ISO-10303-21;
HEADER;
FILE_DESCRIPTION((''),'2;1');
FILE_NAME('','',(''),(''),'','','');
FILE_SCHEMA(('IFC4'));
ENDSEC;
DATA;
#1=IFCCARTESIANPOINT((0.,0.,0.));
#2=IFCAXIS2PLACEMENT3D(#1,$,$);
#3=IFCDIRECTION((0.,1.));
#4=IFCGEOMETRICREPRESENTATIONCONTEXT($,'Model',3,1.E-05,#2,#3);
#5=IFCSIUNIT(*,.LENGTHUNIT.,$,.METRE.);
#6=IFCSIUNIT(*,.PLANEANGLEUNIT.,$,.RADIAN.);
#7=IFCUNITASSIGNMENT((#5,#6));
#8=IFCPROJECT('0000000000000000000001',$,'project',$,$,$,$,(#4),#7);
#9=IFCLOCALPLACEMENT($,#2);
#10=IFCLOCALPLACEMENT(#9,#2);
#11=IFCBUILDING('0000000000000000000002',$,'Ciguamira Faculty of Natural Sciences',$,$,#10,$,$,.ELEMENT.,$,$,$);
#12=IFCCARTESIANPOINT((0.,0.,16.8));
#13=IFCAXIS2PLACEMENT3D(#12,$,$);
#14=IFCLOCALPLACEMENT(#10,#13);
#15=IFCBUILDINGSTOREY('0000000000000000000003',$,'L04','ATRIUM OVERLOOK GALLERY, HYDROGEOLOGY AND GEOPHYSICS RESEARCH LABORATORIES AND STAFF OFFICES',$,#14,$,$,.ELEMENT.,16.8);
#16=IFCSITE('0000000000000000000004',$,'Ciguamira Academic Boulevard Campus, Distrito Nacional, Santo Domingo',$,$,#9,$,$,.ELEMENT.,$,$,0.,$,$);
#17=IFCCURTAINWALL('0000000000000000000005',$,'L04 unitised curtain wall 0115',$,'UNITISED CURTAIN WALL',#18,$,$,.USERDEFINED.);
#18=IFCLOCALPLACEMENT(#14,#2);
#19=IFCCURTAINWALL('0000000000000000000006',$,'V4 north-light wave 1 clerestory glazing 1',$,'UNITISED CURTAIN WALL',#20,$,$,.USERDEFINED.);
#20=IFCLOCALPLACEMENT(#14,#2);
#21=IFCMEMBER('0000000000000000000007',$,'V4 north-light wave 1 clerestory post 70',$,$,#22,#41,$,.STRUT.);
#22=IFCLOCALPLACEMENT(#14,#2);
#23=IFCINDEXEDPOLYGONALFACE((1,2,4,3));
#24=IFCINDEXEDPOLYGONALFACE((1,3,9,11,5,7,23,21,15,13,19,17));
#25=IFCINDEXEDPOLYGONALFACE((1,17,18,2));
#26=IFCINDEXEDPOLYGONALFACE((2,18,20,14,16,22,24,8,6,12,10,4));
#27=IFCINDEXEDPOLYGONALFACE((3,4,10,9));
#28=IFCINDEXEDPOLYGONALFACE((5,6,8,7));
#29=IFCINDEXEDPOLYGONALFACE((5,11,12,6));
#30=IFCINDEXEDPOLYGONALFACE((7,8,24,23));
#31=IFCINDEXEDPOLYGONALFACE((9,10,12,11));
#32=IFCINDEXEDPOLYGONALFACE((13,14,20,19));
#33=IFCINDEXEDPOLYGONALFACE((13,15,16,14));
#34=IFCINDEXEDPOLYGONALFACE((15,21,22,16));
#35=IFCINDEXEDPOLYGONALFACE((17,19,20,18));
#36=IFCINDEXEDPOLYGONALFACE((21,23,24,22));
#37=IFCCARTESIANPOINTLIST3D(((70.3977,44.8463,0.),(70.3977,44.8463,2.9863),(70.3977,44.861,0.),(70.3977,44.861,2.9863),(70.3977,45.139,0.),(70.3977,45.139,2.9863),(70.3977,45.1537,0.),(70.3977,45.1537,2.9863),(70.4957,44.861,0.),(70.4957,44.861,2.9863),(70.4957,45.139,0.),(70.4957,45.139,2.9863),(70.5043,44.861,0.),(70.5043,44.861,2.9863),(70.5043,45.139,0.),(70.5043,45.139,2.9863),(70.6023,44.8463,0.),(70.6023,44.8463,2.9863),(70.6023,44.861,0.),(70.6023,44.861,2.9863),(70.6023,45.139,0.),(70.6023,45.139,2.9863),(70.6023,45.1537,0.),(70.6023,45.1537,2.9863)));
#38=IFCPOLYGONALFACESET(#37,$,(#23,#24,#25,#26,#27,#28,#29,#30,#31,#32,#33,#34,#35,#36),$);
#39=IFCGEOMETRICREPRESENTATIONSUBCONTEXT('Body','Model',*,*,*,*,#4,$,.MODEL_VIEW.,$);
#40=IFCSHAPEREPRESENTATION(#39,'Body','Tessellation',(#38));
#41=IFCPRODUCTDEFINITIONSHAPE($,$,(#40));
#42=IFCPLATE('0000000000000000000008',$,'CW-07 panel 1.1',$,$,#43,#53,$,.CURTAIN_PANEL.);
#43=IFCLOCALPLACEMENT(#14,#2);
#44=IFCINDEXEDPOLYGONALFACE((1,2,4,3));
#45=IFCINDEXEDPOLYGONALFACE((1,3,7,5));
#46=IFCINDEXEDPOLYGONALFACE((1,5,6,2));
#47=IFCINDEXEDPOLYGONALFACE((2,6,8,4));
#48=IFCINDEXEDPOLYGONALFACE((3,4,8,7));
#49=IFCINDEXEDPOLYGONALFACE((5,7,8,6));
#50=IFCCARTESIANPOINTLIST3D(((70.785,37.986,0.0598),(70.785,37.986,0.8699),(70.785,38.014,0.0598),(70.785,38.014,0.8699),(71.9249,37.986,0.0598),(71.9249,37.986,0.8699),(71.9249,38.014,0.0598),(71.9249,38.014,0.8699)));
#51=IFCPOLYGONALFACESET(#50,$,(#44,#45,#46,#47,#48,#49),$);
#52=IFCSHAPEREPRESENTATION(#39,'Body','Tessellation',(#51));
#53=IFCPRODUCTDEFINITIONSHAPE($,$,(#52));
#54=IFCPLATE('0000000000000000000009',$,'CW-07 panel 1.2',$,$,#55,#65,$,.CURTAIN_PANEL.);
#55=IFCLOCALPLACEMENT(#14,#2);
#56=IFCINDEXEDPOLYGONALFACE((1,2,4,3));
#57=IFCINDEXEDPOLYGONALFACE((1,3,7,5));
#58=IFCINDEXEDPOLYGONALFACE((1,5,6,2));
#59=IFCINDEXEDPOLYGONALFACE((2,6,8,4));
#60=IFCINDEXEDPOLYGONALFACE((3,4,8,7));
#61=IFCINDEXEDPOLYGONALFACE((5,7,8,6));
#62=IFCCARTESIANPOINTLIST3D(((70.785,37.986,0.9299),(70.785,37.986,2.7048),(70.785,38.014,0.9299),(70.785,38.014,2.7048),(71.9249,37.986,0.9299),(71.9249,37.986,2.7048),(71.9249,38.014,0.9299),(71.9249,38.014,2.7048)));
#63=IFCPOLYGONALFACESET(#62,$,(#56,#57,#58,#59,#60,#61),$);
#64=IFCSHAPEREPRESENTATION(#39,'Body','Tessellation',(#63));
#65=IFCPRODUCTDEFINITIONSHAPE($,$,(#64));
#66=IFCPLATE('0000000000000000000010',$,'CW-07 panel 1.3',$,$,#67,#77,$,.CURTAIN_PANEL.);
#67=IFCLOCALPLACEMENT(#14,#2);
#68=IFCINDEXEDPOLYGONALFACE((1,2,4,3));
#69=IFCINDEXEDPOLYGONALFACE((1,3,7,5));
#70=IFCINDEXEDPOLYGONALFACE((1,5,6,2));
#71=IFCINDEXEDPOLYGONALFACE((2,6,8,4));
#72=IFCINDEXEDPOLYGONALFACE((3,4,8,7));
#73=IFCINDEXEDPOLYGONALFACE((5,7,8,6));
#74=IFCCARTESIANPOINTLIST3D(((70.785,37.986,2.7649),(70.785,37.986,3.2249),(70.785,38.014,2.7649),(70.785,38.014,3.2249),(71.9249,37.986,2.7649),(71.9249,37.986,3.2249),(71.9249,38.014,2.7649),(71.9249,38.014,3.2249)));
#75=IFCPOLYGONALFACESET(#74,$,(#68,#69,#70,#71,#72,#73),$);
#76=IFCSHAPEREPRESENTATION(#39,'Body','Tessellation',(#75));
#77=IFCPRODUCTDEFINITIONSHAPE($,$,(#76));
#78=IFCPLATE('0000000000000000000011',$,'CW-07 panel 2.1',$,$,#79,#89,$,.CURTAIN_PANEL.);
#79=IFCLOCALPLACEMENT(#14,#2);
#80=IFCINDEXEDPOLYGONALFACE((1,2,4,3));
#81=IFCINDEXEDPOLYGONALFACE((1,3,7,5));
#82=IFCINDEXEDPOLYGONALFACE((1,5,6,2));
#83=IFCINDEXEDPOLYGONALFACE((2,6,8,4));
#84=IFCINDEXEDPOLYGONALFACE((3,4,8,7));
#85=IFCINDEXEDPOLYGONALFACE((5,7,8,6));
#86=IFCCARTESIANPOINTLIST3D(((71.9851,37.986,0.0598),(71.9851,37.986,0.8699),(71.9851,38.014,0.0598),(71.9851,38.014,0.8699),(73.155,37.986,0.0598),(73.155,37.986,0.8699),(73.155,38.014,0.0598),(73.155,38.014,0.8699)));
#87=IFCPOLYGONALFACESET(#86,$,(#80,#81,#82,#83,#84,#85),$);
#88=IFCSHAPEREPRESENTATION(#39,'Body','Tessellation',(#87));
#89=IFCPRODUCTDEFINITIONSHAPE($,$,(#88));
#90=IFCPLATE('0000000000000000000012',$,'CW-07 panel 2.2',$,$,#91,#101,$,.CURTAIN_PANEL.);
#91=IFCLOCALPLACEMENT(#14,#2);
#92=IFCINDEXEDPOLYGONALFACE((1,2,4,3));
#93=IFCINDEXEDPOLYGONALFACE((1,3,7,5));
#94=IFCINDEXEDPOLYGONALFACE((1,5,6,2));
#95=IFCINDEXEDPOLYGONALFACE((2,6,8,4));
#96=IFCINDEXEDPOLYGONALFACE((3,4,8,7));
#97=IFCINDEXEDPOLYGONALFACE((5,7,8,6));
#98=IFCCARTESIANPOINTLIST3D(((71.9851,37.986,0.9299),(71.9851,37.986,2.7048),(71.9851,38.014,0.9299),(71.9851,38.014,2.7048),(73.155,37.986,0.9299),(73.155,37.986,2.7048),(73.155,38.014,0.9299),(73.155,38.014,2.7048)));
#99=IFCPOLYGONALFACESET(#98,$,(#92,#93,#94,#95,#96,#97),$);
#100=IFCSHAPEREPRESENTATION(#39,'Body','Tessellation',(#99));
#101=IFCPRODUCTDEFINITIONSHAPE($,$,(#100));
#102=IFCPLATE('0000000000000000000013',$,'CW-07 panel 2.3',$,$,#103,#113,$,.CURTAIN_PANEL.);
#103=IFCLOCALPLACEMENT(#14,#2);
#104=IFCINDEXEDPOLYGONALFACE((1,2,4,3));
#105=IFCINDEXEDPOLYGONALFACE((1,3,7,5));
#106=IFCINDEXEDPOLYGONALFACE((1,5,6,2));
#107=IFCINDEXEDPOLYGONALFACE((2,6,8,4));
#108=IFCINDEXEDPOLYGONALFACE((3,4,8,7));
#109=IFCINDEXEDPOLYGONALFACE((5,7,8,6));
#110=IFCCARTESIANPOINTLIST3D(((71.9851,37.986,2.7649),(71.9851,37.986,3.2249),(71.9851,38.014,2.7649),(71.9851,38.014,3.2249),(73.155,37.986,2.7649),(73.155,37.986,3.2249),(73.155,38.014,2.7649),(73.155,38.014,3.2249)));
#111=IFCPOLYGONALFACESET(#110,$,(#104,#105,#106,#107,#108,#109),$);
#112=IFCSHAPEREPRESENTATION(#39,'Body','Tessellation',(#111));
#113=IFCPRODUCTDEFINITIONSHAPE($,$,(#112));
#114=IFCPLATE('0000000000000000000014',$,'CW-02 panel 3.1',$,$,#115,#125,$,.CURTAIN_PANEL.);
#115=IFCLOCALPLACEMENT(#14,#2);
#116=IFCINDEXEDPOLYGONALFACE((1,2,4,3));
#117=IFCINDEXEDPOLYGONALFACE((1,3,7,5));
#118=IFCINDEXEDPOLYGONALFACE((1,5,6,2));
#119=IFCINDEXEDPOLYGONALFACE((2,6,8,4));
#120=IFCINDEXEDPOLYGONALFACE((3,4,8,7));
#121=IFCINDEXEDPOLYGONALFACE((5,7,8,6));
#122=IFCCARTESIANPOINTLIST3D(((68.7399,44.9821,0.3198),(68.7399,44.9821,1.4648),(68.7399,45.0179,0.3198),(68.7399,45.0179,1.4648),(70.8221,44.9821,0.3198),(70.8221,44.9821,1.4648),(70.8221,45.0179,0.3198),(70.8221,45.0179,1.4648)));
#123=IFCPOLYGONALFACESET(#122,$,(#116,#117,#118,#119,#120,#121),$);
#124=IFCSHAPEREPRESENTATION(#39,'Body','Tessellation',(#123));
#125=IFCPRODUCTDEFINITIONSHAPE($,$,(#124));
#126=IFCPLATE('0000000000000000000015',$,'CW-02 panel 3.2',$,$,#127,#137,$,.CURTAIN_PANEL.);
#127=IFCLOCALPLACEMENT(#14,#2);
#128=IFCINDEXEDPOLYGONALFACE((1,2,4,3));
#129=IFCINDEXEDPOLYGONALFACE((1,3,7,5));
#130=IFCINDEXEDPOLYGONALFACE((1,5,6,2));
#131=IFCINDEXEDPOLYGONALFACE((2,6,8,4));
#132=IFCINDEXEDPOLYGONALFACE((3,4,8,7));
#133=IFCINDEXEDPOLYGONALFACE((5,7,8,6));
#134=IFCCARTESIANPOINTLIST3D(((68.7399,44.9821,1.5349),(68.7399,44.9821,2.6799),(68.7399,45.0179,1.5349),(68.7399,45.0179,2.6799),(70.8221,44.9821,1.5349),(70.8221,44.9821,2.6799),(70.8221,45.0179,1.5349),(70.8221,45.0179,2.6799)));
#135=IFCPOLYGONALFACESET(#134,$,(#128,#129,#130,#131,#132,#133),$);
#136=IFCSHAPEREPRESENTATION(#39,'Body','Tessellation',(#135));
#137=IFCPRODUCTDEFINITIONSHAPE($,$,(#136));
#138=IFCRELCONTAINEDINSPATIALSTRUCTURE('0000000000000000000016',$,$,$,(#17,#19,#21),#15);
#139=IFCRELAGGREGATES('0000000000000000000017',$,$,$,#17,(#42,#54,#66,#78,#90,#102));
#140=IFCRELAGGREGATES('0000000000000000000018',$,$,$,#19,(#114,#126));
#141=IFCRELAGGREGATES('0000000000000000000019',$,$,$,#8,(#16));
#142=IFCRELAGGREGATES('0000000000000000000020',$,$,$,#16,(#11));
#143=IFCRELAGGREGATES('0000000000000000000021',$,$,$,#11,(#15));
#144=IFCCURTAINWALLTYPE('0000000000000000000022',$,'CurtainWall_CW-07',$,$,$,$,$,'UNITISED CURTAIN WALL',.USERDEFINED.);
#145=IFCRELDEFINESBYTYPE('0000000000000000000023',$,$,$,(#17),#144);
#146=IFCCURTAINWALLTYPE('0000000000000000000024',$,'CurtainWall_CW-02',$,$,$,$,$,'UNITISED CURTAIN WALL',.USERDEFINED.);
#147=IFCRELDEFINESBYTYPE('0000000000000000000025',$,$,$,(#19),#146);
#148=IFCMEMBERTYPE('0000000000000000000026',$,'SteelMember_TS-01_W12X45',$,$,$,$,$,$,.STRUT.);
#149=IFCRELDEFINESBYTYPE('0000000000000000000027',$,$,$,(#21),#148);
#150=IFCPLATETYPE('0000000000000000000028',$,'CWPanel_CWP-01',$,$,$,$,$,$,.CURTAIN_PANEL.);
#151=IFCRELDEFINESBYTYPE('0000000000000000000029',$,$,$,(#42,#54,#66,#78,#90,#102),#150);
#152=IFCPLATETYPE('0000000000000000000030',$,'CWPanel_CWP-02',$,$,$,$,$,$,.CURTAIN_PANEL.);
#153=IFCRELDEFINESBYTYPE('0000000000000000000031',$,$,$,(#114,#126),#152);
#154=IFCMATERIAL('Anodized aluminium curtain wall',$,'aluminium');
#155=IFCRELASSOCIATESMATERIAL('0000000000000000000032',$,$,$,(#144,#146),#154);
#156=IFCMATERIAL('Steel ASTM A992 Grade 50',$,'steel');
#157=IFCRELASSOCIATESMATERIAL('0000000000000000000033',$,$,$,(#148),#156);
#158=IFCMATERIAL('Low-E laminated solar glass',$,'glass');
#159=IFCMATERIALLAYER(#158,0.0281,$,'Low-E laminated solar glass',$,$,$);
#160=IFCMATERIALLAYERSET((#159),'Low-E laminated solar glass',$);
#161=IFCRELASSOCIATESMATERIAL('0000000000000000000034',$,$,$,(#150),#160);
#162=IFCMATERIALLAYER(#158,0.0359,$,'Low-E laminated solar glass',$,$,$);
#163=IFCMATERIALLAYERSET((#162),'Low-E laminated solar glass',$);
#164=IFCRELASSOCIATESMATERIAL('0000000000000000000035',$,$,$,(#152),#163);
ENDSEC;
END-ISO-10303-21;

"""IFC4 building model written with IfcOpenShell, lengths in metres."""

from ifc_helpers import new_model, si_unit, direction, frame, origin, origin_2d, place, context, subcontext, project, spatial, rectangle, i_section, extrude, material, layer, layer_set, material_profile, profile_set, type_object, element, aggregate, save


model = new_model("IFC4")

# Units and contexts
model_context = context("Model", 3, precision=1e-05, world=origin(), true_north=direction((0.0, 1.0)))
body_context = subcontext(model_context, "Body", "Model", "MODEL_VIEW")
ifc_project = project(units=[si_unit("LENGTHUNIT", "METRE"), si_unit("PLANEANGLEUNIT", "RADIAN")], contexts=[model_context])

# Site, building, storey
site_placement = place(None, origin())
site = spatial("IfcSite", under=ifc_project, at=site_placement, Name="Ciguamira Academic Boulevard Campus, Distrito Nacional, Santo Domingo", CompositionType="ELEMENT", RefElevation=0.0)
building_placement = place(site_placement, origin())
building = spatial("IfcBuilding", under=site, at=building_placement, Name="Ciguamira Faculty of Natural Sciences", CompositionType="ELEMENT")
storey_placement = place(building_placement, frame((0.0, 0.0, 16.8)))
storey = spatial("IfcBuildingStorey", under=building, at=storey_placement, Name="L04", Description="ATRIUM OVERLOOK GALLERY, HYDROGEOLOGY AND GEOPHYSICS RESEARCH LABORATORIES AND STAFF OFFICES", CompositionType="ELEMENT", Elevation=16.8)

# Curtain wall
ifc_material_1 = material(Name="Anodized aluminium curtain wall", Category="aluminium")
curtain_wall_type_1 = type_object("IfcCurtainWallType", Name="CurtainWall_CW-07", ElementType="UNITISED CURTAIN WALL", PredefinedType="USERDEFINED", material=ifc_material_1)
curtain_wall_1_placement = place(storey_placement, origin())
curtain_wall_1 = element("IfcCurtainWall", 1, at=curtain_wall_1_placement, inside=storey, type_object=curtain_wall_type_1, Name="L04 unitised curtain wall 0115", ObjectType="UNITISED CURTAIN WALL", PredefinedType="USERDEFINED")

# Curtain wall
curtain_wall_type_2 = type_object("IfcCurtainWallType", Name="CurtainWall_CW-02", ElementType="UNITISED CURTAIN WALL", PredefinedType="USERDEFINED", material=ifc_material_1)
curtain_wall_2_placement = place(storey_placement, origin())
curtain_wall_2 = element("IfcCurtainWall", 2, at=curtain_wall_2_placement, inside=storey, type_object=curtain_wall_type_2, Name="V4 north-light wave 1 clerestory glazing 1", ObjectType="UNITISED CURTAIN WALL", PredefinedType="USERDEFINED")

# Member
ifc_material_2 = material(Name="Steel ASTM A992 Grade 50", Category="steel")
ifc_material_profile_1 = material_profile(ifc_material_2, i_section(OverallWidth=0.2046, OverallDepth=0.3074, WebThickness=0.0085, FlangeThickness=0.0146, at=origin_2d()), Name="W12X45")
ifc_profile_set_1 = profile_set([ifc_material_profile_1], Name="Steel ASTM A992 Grade 50")
member_type_1 = type_object("IfcMemberType", Name="SteelMember_TS-01_W12X45", PredefinedType="STRUT", material=ifc_profile_set_1)
member_1_placement = place(storey_placement, frame((70.5, 45.0, 0.0), z_axis=(0.0, 0.0, 1.0), x_axis=(1.0, 0.0, 0.0)))
element("IfcMember", 3, at=member_1_placement, inside=storey, type_object=member_type_1, Name="V4 north-light wave 1 clerestory post 70", PredefinedType="STRUT", context=body_context, shape_type="SweptSolid", body=[
    extrude(i_section(OverallWidth=0.2046, OverallDepth=0.3074, WebThickness=0.0085, FlangeThickness=0.0146, at=origin_2d()), origin(), (0.0, 0.0, 1.0), 2.9863),
])

# Plates
ifc_material_3 = material(Name="Low-E laminated solar glass", Category="glass")
ifc_layer_1 = layer(ifc_material_3, 0.0281, Name="Low-E laminated solar glass")
ifc_layer_set_1 = layer_set([ifc_layer_1], Name="Low-E laminated solar glass")
plate_type_1 = type_object("IfcPlateType", Name="CWPanel_CWP-01", PredefinedType="CURTAIN_PANEL", material=ifc_layer_set_1)
plate_1_placement = place(storey_placement, frame((71.355, 38.0, 0.0598), z_axis=(0.0, 0.0, 1.0), x_axis=(1.0, 0.0, 0.0)))
plate_1 = element("IfcPlate", 4, at=plate_1_placement, type_object=plate_type_1, Name="CW-07 panel 1.1", PredefinedType="CURTAIN_PANEL", context=body_context, shape_type="SweptSolid", body=[
    extrude(rectangle(XDim=1.1399, YDim=0.0281, at=origin_2d()), origin(), (0.0, 0.0, 1.0), 0.8101),
])
plate_2_placement = place(storey_placement, frame((71.355, 38.0, 0.9299), z_axis=(0.0, 0.0, 1.0), x_axis=(1.0, 0.0, 0.0)))
plate_2 = element("IfcPlate", 5, at=plate_2_placement, type_object=plate_type_1, Name="CW-07 panel 1.2", PredefinedType="CURTAIN_PANEL", context=body_context, shape_type="SweptSolid", body=[
    extrude(rectangle(XDim=1.1399, YDim=0.0281, at=origin_2d()), origin(), (0.0, 0.0, 1.0), 1.7749),
])
plate_3_placement = place(storey_placement, frame((71.355, 38.0, 2.7649), z_axis=(0.0, 0.0, 1.0), x_axis=(1.0, 0.0, 0.0)))
plate_3 = element("IfcPlate", 6, at=plate_3_placement, type_object=plate_type_1, Name="CW-07 panel 1.3", PredefinedType="CURTAIN_PANEL", context=body_context, shape_type="SweptSolid", body=[
    extrude(rectangle(XDim=1.1399, YDim=0.0281, at=origin_2d()), origin(), (0.0, 0.0, 1.0), 0.46),
])
plate_4_placement = place(storey_placement, frame((72.5701, 38.0, 0.0598), z_axis=(0.0, 0.0, 1.0), x_axis=(1.0, 0.0, 0.0)))
plate_4 = element("IfcPlate", 7, at=plate_4_placement, type_object=plate_type_1, Name="CW-07 panel 2.1", PredefinedType="CURTAIN_PANEL", context=body_context, shape_type="SweptSolid", body=[
    extrude(rectangle(XDim=1.1699, YDim=0.0281, at=origin_2d()), origin(), (0.0, 0.0, 1.0), 0.8101),
])
plate_5_placement = place(storey_placement, frame((72.5701, 38.0, 0.9299), z_axis=(0.0, 0.0, 1.0), x_axis=(1.0, 0.0, 0.0)))
plate_5 = element("IfcPlate", 8, at=plate_5_placement, type_object=plate_type_1, Name="CW-07 panel 2.2", PredefinedType="CURTAIN_PANEL", context=body_context, shape_type="SweptSolid", body=[
    extrude(rectangle(XDim=1.1699, YDim=0.0281, at=origin_2d()), origin(), (0.0, 0.0, 1.0), 1.7749),
])
plate_6_placement = place(storey_placement, frame((72.5701, 38.0, 2.7649), z_axis=(0.0, 0.0, 1.0), x_axis=(1.0, 0.0, 0.0)))
plate_6 = element("IfcPlate", 9, at=plate_6_placement, type_object=plate_type_1, Name="CW-07 panel 2.3", PredefinedType="CURTAIN_PANEL", context=body_context, shape_type="SweptSolid", body=[
    extrude(rectangle(XDim=1.1699, YDim=0.0281, at=origin_2d()), origin(), (0.0, 0.0, 1.0), 0.46),
])
aggregate(curtain_wall_1, [plate_1, plate_2, plate_3, plate_4, plate_5, plate_6])
ifc_layer_2 = layer(ifc_material_3, 0.0359, Name="Low-E laminated solar glass")
ifc_layer_set_2 = layer_set([ifc_layer_2], Name="Low-E laminated solar glass")
plate_type_2 = type_object("IfcPlateType", Name="CWPanel_CWP-02", PredefinedType="CURTAIN_PANEL", material=ifc_layer_set_2)
plate_7_placement = place(storey_placement, frame((69.781, 45.0, 0.3198), z_axis=(0.0, 0.0, 1.0), x_axis=(1.0, 0.0, 0.0)))
plate_7 = element("IfcPlate", 10, at=plate_7_placement, type_object=plate_type_2, Name="CW-02 panel 3.1", PredefinedType="CURTAIN_PANEL", context=body_context, shape_type="SweptSolid", body=[
    extrude(rectangle(XDim=2.0823, YDim=0.0359, at=origin_2d()), origin(), (0.0, 0.0, 1.0), 1.145),
])
plate_8_placement = place(storey_placement, frame((69.781, 45.0, 1.5349), z_axis=(0.0, 0.0, 1.0), x_axis=(1.0, 0.0, 0.0)))
plate_8 = element("IfcPlate", 11, at=plate_8_placement, type_object=plate_type_2, Name="CW-02 panel 3.2", PredefinedType="CURTAIN_PANEL", context=body_context, shape_type="SweptSolid", body=[
    extrude(rectangle(XDim=2.0823, YDim=0.0359, at=origin_2d()), origin(), (0.0, 0.0, 1.0), 1.145),
])
aggregate(curtain_wall_2, [plate_7, plate_8])

save(model, "model.ifc")
